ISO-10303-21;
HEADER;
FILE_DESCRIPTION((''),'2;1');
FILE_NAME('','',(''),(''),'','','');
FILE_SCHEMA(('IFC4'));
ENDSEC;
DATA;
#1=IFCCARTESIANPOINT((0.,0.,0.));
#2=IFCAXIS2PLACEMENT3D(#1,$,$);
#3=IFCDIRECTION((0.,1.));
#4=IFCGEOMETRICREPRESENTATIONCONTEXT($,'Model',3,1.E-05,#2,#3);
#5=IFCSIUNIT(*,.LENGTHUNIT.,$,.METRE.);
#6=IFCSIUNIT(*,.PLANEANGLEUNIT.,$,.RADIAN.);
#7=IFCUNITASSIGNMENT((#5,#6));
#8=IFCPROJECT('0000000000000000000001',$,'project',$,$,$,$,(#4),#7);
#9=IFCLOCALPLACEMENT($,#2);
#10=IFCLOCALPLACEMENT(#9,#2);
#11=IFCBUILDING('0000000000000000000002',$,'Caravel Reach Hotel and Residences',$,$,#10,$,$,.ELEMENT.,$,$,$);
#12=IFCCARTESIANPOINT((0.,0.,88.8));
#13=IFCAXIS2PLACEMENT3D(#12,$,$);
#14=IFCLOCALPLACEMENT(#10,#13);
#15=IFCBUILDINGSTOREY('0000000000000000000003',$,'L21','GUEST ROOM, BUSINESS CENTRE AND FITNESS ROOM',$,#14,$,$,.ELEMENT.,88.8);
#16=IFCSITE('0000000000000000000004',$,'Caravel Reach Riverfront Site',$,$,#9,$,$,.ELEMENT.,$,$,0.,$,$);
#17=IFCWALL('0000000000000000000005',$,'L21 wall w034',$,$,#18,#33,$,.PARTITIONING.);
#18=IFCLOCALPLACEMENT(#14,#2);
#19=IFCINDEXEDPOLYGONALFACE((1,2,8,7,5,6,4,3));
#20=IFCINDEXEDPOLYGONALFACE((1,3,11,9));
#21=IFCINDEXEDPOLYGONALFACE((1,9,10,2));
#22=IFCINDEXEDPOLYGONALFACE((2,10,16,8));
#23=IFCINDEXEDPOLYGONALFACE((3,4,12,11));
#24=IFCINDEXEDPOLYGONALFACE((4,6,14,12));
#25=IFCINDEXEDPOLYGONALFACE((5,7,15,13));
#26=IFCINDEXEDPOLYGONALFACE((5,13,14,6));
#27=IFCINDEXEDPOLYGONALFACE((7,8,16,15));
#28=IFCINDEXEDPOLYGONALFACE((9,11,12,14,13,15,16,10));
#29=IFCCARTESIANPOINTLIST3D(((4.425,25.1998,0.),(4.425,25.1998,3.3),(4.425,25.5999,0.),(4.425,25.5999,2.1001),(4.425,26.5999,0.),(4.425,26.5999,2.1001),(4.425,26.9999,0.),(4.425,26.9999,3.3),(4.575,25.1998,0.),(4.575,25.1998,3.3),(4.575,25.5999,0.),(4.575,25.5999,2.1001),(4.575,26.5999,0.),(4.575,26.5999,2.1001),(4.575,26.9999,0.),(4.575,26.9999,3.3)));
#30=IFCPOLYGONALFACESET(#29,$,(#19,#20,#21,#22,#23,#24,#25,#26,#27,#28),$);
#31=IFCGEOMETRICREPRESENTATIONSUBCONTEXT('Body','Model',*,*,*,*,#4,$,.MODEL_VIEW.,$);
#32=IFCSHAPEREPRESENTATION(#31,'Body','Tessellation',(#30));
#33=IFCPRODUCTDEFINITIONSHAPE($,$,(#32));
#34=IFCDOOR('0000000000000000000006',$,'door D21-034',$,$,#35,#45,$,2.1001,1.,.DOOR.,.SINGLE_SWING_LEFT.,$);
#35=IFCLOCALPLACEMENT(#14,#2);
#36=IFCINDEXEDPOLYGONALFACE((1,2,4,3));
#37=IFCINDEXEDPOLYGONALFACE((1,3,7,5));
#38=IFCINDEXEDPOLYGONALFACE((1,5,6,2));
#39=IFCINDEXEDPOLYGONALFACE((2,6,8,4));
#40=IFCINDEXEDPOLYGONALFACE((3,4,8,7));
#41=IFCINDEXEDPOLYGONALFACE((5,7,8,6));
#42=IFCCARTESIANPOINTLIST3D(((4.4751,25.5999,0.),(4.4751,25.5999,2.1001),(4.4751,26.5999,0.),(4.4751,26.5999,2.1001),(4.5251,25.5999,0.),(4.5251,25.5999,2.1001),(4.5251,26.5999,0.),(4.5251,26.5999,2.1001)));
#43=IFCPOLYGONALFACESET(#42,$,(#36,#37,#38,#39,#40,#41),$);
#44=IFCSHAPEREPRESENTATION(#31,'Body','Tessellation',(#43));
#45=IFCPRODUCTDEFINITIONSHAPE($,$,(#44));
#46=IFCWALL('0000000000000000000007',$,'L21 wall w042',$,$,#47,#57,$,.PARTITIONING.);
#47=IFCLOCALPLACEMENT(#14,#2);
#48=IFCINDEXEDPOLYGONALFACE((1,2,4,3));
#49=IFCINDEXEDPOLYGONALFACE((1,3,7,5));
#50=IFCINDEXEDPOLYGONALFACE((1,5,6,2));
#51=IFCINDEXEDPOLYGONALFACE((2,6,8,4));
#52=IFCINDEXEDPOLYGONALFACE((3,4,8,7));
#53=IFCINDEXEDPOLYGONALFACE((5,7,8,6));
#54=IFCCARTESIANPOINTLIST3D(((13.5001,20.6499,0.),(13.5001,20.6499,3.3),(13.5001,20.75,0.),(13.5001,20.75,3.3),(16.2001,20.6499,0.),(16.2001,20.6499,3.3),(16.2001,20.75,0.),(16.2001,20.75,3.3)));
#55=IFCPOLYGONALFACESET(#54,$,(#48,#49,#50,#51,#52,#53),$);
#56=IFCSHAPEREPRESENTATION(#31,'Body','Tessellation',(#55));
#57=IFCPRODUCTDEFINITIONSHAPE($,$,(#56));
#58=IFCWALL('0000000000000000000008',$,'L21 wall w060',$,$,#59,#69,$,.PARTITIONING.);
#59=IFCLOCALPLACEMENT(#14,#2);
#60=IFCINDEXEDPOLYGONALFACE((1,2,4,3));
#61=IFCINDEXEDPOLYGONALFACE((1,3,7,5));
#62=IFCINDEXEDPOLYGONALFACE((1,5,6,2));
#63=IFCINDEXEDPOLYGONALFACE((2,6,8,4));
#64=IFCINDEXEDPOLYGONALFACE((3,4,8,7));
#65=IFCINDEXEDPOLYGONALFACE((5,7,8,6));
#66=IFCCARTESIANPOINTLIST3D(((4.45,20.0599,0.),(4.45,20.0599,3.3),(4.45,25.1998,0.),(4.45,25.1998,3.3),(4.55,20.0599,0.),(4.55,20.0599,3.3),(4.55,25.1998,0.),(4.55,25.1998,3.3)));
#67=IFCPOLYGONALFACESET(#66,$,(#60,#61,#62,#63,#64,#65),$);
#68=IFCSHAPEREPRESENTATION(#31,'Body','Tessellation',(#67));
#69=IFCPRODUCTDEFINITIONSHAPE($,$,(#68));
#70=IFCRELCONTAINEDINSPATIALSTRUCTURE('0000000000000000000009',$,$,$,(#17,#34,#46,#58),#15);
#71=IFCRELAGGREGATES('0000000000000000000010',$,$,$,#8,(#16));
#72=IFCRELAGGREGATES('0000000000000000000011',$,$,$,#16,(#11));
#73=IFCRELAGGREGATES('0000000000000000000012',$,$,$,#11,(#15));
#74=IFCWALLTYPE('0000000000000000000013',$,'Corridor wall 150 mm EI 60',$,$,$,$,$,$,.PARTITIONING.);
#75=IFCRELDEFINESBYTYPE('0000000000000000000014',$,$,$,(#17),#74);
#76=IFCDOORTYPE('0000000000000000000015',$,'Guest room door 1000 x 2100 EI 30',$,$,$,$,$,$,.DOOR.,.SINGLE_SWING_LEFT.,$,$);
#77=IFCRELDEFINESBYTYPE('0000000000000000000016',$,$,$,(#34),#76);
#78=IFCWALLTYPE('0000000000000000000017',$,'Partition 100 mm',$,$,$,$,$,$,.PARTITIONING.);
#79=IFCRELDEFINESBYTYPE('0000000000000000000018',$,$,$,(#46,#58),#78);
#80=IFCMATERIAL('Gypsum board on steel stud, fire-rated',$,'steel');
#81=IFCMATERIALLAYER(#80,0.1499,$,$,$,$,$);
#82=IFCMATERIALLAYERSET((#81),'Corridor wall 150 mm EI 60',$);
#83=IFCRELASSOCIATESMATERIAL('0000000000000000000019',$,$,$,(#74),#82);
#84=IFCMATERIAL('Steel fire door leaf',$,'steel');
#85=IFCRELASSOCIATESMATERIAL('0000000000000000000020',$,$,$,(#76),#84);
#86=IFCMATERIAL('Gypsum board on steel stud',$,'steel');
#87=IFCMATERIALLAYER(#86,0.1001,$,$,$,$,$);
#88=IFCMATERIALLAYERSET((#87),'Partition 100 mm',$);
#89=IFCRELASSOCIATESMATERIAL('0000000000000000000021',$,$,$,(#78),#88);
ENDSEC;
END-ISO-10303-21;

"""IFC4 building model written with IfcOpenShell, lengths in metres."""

from ifc_helpers import new_model, si_unit, direction, frame, frame_2d, origin, place, context, subcontext, project, spatial, rectangle, extrude, material, layer, layer_set, type_object, element, fill, save


model = new_model("IFC4")

# Units and contexts
model_context = context("Model", 3, precision=1e-05, world=origin(), true_north=direction((0.0, 1.0)))
body_context = subcontext(model_context, "Body", "Model", "MODEL_VIEW")
ifc_project = project(units=[si_unit("LENGTHUNIT", "METRE"), si_unit("PLANEANGLEUNIT", "RADIAN")], contexts=[model_context])

# Site, building, storey
site_placement = place(None, origin())
site = spatial("IfcSite", under=ifc_project, at=site_placement, Name="Caravel Reach Riverfront Site", CompositionType="ELEMENT", RefElevation=0.0)
building_placement = place(site_placement, origin())
building = spatial("IfcBuilding", under=site, at=building_placement, Name="Caravel Reach Hotel and Residences", CompositionType="ELEMENT")
storey_placement = place(building_placement, frame((0.0, 0.0, 88.8)))
storey = spatial("IfcBuildingStorey", under=building, at=storey_placement, Name="L21", Description="GUEST ROOM, BUSINESS CENTRE AND FITNESS ROOM", CompositionType="ELEMENT", Elevation=88.8)

# Shared definitions
ifc_material_1 = material(Name="Gypsum board on steel stud, fire-rated", Category="steel")
ifc_layer_1 = layer(ifc_material_1, 0.1499)
ifc_layer_set_1 = layer_set([ifc_layer_1], Name="Corridor wall 150 mm EI 60")
wall_type_1 = type_object("IfcWallType", Name="Corridor wall 150 mm EI 60", PredefinedType="PARTITIONING", material=ifc_layer_set_1)
ifc_material_2 = material(Name="Steel fire door leaf", Category="steel")
door_type_1 = type_object("IfcDoorType", Name="Guest room door 1000 x 2100 EI 30", OperationType="SINGLE_SWING_LEFT", PredefinedType="DOOR", material=ifc_material_2)

# Wall, opening, door
wall_1_placement = place(storey_placement, frame((4.5, 25.2, 0.0), z_axis=(0.0, 0.0, 1.0), x_axis=(0.0, 1.0, 0.0)))
wall_1 = element("IfcWall", 1, at=wall_1_placement, inside=storey, type_object=wall_type_1, Name="L21 wall w034", PredefinedType="PARTITIONING", context=body_context, shape_type="SweptSolid", body=[
    extrude(rectangle(XDim=1.8, YDim=0.1499, at=frame_2d((0.8999, 0.0))), origin(), (0.0, 0.0, 1.0), 3.3),
])
opening_1_placement = place(wall_1_placement, frame((0.3999, 0.0, 0.0)))
opening_1 = element("IfcOpeningElement", 2, at=opening_1_placement, cuts=wall_1, PredefinedType="OPENING", context=body_context, shape_type="SweptSolid", body=[
    extrude(rectangle(XDim=1.0, YDim=2.1001, at=frame_2d((0.5, 1.05))), frame((0.0, 0.085, 0.0), z_axis=(0.0, -1.0, 0.0), x_axis=(1.0, 0.0, 0.0)), (0.0, 0.0, 1.0), 0.1699),
])
door_1_placement = place(opening_1_placement, origin())
door_1 = element("IfcDoor", 3, at=door_1_placement, inside=storey, type_object=door_type_1, Name="door D21-034", OperationType="SINGLE_SWING_LEFT", OverallHeight=2.1001, OverallWidth=1.0, PredefinedType="DOOR", context=body_context, shape_type="SweptSolid", body=[
    extrude(rectangle(XDim=1.0, YDim=2.1001, at=frame_2d((0.5, 1.05))), frame((0.0, 0.0249, 0.0), z_axis=(0.0, -1.0, 0.0), x_axis=(1.0, 0.0, 0.0)), (0.0, 0.0, 1.0), 0.05),
])
fill(opening_1, door_1)

# Walls
ifc_material_3 = material(Name="Gypsum board on steel stud", Category="steel")
ifc_layer_2 = layer(ifc_material_3, 0.1001)
ifc_layer_set_2 = layer_set([ifc_layer_2], Name="Partition 100 mm")
wall_type_2 = type_object("IfcWallType", Name="Partition 100 mm", PredefinedType="PARTITIONING", material=ifc_layer_set_2)
wall_2_placement = place(storey_placement, frame((13.5, 20.7, 0.0), z_axis=(0.0, 0.0, 1.0), x_axis=(1.0, 0.0, 0.0)))
element("IfcWall", 4, at=wall_2_placement, inside=storey, type_object=wall_type_2, Name="L21 wall w042", PredefinedType="PARTITIONING", context=body_context, shape_type="SweptSolid", body=[
    extrude(rectangle(XDim=2.7, YDim=0.1001, at=frame_2d((1.3501, 0.0))), origin(), (0.0, 0.0, 1.0), 3.3),
])
wall_3_placement = place(storey_placement, frame((4.5, 20.0601, 0.0), z_axis=(0.0, 0.0, 1.0), x_axis=(0.0, 1.0, 0.0)))
element("IfcWall", 5, at=wall_3_placement, inside=storey, type_object=wall_type_2, Name="L21 wall w060", PredefinedType="PARTITIONING", context=body_context, shape_type="SweptSolid", body=[
    extrude(rectangle(XDim=5.1399, YDim=0.1001, at=frame_2d((2.5698, 0.0))), origin(), (0.0, 0.0, 1.0), 3.3),
])

save(model, "model.ifc")
